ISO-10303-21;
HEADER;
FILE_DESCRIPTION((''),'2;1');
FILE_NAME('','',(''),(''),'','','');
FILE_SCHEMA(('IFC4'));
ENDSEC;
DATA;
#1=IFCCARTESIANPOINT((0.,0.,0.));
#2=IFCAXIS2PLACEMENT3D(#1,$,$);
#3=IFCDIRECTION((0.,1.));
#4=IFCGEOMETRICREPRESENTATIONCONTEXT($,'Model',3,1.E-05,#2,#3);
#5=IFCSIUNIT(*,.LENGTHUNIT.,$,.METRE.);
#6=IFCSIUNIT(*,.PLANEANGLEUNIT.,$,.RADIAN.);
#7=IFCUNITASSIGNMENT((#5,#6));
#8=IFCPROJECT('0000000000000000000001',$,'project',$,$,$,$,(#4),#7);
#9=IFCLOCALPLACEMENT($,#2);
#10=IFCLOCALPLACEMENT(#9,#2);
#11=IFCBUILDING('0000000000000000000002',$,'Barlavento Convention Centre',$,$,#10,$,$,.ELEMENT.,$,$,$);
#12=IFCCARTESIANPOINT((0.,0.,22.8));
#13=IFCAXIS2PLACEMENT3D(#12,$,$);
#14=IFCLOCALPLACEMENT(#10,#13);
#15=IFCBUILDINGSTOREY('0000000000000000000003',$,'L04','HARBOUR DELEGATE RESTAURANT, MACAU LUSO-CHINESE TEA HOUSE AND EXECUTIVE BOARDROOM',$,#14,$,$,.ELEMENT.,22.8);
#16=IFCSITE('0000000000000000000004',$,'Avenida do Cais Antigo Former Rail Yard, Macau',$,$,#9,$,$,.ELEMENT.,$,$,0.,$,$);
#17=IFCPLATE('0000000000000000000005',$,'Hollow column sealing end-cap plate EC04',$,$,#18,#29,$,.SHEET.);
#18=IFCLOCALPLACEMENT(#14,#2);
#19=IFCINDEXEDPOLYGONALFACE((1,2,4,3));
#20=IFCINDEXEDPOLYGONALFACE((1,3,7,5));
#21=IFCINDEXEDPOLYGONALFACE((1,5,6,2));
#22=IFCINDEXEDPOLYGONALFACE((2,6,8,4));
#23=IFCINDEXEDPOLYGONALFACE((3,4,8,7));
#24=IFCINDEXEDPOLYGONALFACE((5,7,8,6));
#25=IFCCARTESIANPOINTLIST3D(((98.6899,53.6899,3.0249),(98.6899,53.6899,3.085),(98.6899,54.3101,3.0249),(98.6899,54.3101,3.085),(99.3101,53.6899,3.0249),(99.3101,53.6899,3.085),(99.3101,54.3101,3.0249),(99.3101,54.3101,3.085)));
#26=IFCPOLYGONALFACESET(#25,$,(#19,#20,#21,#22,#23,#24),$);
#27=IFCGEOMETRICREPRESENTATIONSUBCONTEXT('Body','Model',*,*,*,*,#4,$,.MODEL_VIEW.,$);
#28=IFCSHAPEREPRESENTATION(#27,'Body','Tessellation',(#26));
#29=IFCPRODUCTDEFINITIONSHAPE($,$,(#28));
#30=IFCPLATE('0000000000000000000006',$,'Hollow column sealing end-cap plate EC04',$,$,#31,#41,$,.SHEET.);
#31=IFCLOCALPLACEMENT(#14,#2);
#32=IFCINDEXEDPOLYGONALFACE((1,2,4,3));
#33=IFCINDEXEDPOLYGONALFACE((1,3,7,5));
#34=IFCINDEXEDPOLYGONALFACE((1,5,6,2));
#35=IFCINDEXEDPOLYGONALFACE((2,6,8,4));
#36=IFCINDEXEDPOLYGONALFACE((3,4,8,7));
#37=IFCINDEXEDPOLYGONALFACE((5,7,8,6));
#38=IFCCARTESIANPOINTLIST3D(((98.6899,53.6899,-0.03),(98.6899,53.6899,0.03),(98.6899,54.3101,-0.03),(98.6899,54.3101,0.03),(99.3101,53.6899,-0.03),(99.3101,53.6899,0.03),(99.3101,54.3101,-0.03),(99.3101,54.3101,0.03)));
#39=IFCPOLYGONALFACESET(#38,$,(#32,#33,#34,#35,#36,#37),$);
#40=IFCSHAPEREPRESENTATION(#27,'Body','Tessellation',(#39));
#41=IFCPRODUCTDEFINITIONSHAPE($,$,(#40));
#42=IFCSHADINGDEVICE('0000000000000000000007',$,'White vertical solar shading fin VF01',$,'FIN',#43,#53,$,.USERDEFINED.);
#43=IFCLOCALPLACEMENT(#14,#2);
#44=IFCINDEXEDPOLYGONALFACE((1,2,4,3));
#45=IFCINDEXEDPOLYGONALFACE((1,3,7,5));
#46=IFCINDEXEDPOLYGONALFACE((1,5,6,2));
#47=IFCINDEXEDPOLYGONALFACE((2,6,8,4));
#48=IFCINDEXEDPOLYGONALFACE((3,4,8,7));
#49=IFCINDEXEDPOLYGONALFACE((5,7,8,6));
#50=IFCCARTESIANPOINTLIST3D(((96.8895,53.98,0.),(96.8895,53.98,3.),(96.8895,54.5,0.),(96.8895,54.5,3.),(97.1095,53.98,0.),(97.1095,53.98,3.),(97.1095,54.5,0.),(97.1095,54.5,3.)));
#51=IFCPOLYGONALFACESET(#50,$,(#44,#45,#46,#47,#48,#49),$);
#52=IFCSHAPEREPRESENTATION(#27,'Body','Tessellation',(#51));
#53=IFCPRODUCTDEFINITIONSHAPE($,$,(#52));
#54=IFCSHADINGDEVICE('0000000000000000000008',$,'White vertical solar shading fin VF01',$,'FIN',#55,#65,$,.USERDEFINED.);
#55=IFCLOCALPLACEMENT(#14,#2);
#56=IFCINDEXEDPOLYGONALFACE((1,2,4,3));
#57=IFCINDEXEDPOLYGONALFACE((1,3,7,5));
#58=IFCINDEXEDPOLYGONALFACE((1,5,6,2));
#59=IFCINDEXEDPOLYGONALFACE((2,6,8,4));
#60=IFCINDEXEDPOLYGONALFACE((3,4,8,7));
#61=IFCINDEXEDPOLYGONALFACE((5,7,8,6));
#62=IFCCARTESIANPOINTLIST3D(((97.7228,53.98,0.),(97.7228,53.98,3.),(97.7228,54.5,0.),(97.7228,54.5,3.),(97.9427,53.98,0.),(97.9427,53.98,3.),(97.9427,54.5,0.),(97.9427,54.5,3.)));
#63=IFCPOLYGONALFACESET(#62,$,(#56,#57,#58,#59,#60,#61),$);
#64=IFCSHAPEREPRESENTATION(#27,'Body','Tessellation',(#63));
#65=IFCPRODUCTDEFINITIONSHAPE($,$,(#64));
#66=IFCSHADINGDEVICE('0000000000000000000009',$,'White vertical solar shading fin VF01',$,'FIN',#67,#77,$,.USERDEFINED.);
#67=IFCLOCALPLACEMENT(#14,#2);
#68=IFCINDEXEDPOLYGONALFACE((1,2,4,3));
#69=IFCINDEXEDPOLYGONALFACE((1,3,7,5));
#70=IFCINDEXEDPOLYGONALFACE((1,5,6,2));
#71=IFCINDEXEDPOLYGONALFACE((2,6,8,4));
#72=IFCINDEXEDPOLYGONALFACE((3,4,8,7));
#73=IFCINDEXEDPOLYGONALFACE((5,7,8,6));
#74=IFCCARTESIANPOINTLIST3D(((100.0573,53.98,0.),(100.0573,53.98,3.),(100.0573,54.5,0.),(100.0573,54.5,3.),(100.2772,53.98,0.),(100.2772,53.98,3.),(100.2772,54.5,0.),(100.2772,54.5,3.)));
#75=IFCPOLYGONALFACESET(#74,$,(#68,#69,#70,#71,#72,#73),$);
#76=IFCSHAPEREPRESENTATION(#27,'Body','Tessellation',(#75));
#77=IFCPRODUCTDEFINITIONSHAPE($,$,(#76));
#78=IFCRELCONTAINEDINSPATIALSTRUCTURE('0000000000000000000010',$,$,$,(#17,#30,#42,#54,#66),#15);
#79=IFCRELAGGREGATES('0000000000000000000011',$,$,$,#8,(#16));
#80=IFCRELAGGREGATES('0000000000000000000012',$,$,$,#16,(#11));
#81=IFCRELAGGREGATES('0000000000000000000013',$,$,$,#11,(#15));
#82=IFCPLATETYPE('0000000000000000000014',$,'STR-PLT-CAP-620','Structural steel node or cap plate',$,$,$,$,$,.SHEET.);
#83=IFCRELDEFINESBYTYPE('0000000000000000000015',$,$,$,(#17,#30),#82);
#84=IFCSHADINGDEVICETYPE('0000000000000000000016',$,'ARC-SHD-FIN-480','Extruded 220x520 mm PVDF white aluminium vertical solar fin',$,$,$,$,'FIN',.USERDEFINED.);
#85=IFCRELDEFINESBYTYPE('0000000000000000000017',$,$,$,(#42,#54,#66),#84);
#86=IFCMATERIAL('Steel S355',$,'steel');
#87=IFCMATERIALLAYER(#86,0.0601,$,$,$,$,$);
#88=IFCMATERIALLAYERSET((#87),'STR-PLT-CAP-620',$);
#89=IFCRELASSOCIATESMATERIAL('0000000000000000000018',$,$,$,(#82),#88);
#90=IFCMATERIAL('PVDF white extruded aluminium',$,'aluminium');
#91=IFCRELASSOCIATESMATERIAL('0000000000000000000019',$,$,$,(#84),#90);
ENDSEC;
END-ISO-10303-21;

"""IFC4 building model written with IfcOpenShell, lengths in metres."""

from ifc_helpers import new_model, si_unit, direction, frame, origin, origin_2d, place, context, subcontext, project, spatial, rectangle, extrude, material, layer, layer_set, type_object, element, save


model = new_model("IFC4")

# Units and contexts
model_context = context("Model", 3, precision=1e-05, world=origin(), true_north=direction((0.0, 1.0)))
body_context = subcontext(model_context, "Body", "Model", "MODEL_VIEW")
ifc_project = project(units=[si_unit("LENGTHUNIT", "METRE"), si_unit("PLANEANGLEUNIT", "RADIAN")], contexts=[model_context])

# Site, building, storey
site_placement = place(None, origin())
site = spatial("IfcSite", under=ifc_project, at=site_placement, Name="Avenida do Cais Antigo Former Rail Yard, Macau", CompositionType="ELEMENT", RefElevation=0.0)
building_placement = place(site_placement, origin())
building = spatial("IfcBuilding", under=site, at=building_placement, Name="Barlavento Convention Centre", CompositionType="ELEMENT")
storey_placement = place(building_placement, frame((0.0, 0.0, 22.8)))
storey = spatial("IfcBuildingStorey", under=building, at=storey_placement, Name="L04", Description="HARBOUR DELEGATE RESTAURANT, MACAU LUSO-CHINESE TEA HOUSE AND EXECUTIVE BOARDROOM", CompositionType="ELEMENT", Elevation=22.8)

# Shared definitions
ifc_material_1 = material(Name="Steel S355", Category="steel")

# Plates
ifc_layer_1 = layer(ifc_material_1, 0.0601)
ifc_layer_set_1 = layer_set([ifc_layer_1], Name="STR-PLT-CAP-620")
plate_type_1 = type_object("IfcPlateType", Name="STR-PLT-CAP-620", Description="Structural steel node or cap plate", PredefinedType="SHEET", material=ifc_layer_set_1)
for number, where, z_axis, x_axis, name in (
    (1, (99.0, 54.0, 3.0249), (0.0, 0.0, 1.0), (1.0, 0.0, 0.0), "Hollow column sealing end-cap plate EC04"),
    (2, (99.0, 54.0, -0.03), (0.0, 0.0, 1.0), (1.0, 0.0, 0.0), "Hollow column sealing end-cap plate EC04"),
):
    element("IfcPlate", number, at=place(storey_placement, frame(where, z_axis=z_axis, x_axis=x_axis)), inside=storey, type_object=plate_type_1, Name=name, PredefinedType="SHEET", context=body_context, shape_type="SweptSolid", body=[
        extrude(rectangle(XDim=0.6201, YDim=0.6201, at=origin_2d()), origin(), (0.0, 0.0, 1.0), 0.0601),
    ])

# Shading devices
ifc_material_2 = material(Name="PVDF white extruded aluminium", Category="aluminium")
shading_device_type = type_object("IfcShadingDeviceType", Name="ARC-SHD-FIN-480", Description="Extruded 220x520 mm PVDF white aluminium vertical solar fin", ElementType="FIN", PredefinedType="USERDEFINED", material=ifc_material_2)
for number, where, z_axis, x_axis, name in (
    (3, (96.9995, 54.24, 0.0), (0.0, 0.0, 1.0), (1.0, 0.0, 0.0), "White vertical solar shading fin VF01"),
    (4, (97.8328, 54.24, 0.0), (0.0, 0.0, 1.0), (1.0, 0.0, 0.0), "White vertical solar shading fin VF01"),
    (5, (100.1672, 54.24, 0.0), (0.0, 0.0, 1.0), (1.0, 0.0, 0.0), "White vertical solar shading fin VF01"),
):
    element("IfcShadingDevice", number, at=place(storey_placement, frame(where, z_axis=z_axis, x_axis=x_axis)), inside=storey, type_object=shading_device_type, Name=name, ObjectType="FIN", PredefinedType="USERDEFINED", context=body_context, shape_type="SweptSolid", body=[
        extrude(rectangle(XDim=0.22, YDim=0.52, at=origin_2d()), origin(), (0.0, 0.0, 1.0), 3.0),
    ])

save(model, "model.ifc")
